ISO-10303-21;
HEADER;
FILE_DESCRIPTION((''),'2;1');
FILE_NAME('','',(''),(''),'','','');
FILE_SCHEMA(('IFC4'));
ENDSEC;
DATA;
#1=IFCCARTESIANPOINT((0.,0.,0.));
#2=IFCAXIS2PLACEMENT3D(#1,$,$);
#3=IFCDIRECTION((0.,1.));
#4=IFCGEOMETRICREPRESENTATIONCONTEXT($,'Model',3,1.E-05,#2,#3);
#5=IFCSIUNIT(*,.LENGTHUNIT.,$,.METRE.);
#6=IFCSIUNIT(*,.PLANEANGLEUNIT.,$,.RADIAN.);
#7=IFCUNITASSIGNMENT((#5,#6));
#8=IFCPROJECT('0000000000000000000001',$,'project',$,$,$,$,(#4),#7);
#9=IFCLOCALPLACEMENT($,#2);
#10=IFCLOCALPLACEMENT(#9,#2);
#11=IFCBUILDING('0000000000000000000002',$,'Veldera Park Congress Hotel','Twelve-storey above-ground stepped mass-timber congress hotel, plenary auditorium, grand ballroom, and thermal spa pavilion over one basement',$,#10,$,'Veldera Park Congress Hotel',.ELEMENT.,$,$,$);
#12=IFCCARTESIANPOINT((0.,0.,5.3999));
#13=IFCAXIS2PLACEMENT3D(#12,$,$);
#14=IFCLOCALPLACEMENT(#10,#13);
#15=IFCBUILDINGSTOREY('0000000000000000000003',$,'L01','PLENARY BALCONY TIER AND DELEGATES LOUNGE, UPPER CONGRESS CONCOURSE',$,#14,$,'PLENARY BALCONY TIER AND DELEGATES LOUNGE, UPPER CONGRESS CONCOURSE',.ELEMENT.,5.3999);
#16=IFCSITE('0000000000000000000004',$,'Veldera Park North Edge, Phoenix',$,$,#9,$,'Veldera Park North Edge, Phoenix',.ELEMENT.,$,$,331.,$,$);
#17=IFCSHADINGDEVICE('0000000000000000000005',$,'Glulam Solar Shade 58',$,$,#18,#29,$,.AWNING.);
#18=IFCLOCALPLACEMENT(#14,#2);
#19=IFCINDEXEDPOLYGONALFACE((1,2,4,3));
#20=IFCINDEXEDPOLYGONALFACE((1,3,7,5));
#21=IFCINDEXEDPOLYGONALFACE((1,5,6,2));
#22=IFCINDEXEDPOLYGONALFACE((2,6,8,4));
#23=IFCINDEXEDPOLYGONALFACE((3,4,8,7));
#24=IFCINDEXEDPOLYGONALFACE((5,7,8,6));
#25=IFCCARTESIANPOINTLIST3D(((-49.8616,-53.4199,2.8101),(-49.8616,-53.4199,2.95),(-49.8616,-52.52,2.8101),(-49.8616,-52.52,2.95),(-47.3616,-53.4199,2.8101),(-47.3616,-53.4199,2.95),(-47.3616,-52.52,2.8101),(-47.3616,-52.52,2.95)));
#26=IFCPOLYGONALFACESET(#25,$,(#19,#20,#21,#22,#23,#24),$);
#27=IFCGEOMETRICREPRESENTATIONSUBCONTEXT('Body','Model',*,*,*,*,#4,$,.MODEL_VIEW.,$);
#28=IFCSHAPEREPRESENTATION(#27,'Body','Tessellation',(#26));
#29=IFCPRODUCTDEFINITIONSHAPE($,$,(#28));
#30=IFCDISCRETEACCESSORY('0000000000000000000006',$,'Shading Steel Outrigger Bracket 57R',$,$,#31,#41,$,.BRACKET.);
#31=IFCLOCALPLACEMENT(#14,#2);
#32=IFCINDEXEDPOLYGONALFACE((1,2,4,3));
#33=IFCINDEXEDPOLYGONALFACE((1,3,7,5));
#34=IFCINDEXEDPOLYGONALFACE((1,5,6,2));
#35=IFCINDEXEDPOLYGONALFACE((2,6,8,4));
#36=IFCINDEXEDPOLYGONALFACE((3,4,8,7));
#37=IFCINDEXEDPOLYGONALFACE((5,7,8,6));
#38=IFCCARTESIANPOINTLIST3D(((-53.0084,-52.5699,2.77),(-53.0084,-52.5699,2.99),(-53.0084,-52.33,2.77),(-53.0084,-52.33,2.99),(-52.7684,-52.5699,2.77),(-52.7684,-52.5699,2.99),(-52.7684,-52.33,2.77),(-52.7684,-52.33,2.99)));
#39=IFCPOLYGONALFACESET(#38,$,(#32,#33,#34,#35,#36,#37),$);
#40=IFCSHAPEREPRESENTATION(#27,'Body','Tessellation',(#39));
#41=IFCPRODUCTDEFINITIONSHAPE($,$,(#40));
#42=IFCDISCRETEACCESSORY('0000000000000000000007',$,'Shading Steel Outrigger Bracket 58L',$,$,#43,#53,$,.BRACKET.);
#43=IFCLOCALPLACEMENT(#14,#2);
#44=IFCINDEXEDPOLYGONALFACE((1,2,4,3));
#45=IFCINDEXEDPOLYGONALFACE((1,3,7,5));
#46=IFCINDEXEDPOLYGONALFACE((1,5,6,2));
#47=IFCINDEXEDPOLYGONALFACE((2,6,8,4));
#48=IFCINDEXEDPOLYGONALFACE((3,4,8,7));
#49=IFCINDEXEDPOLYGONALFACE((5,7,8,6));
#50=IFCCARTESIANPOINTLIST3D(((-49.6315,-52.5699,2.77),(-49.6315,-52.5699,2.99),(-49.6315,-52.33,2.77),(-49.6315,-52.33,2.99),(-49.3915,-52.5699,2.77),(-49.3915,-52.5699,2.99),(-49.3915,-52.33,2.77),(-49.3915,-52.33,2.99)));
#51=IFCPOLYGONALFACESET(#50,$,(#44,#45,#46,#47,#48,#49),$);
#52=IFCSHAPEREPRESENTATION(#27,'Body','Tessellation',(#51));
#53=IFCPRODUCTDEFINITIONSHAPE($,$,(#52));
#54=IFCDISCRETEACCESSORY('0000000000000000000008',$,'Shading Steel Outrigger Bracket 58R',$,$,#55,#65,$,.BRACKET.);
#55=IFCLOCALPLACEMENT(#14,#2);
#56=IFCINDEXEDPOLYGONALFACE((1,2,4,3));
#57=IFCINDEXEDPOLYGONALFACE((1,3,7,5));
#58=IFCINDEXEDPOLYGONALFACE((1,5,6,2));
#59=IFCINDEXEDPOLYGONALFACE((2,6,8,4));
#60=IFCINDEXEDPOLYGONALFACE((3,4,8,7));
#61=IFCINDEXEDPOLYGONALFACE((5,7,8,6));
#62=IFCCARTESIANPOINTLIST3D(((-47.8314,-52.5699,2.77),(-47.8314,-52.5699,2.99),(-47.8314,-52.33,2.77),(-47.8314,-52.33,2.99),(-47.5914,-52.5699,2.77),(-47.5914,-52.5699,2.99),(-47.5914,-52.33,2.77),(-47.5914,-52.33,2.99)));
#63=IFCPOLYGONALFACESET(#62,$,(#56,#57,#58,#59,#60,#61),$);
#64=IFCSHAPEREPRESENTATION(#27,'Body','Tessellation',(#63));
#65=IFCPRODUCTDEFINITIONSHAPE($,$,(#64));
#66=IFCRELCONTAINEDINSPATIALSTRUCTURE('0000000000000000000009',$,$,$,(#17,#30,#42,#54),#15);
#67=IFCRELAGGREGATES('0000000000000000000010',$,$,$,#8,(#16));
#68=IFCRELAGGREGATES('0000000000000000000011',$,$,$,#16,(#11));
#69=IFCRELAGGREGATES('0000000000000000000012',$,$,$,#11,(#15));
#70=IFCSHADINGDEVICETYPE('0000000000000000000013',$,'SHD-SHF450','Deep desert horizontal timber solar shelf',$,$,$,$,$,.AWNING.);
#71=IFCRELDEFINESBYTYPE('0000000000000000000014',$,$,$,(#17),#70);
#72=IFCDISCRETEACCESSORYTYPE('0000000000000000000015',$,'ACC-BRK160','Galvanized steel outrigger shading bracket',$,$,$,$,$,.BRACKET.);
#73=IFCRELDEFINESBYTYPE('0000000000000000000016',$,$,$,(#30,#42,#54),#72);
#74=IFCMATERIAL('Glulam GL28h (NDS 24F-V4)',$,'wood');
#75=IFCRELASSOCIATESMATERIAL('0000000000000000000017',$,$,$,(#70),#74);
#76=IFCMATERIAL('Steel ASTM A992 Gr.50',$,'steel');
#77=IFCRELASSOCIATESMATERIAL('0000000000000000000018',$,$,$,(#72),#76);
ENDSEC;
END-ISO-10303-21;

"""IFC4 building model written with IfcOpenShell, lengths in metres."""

from ifc_helpers import new_model, si_unit, direction, frame, origin, origin_2d, place, context, subcontext, project, spatial, rectangle, extrude, material, type_object, element, save


model = new_model("IFC4")

# Units and contexts
model_context = context("Model", 3, precision=1e-05, world=origin(), true_north=direction((0.0, 1.0)))
body_context = subcontext(model_context, "Body", "Model", "MODEL_VIEW")
ifc_project = project(units=[si_unit("LENGTHUNIT", "METRE"), si_unit("PLANEANGLEUNIT", "RADIAN")], contexts=[model_context])

# Site, building, storey
site_placement = place(None, origin())
site = spatial("IfcSite", under=ifc_project, at=site_placement, Name="Veldera Park North Edge, Phoenix", LongName="Veldera Park North Edge, Phoenix", CompositionType="ELEMENT", RefElevation=331.0)
building_placement = place(site_placement, origin())
building = spatial("IfcBuilding", under=site, at=building_placement, Name="Veldera Park Congress Hotel", Description="Twelve-storey above-ground stepped mass-timber congress hotel, plenary auditorium, grand ballroom, and thermal spa pavilion over one basement", LongName="Veldera Park Congress Hotel", CompositionType="ELEMENT")
storey_placement = place(building_placement, frame((0.0, 0.0, 5.3999)))
storey = spatial("IfcBuildingStorey", under=building, at=storey_placement, Name="L01", Description="PLENARY BALCONY TIER AND DELEGATES LOUNGE, UPPER CONGRESS CONCOURSE", LongName="PLENARY BALCONY TIER AND DELEGATES LOUNGE, UPPER CONGRESS CONCOURSE", CompositionType="ELEMENT", Elevation=5.3999)

# Shared definitions
ifc_material_1 = material(Name="Glulam GL28h (NDS 24F-V4)", Category="wood")

# Shared definitions
ifc_material_2 = material(Name="Steel ASTM A992 Gr.50", Category="steel")

# Shading device
shading_device_type = type_object("IfcShadingDeviceType", Name="SHD-SHF450", Description="Deep desert horizontal timber solar shelf", PredefinedType="AWNING", material=ifc_material_1)
shading_device_placement = place(storey_placement, frame((-48.6116, -52.97, 2.8101), z_axis=(0.0, 0.0, 1.0), x_axis=(1.0, 0.0, 0.0)))
element("IfcShadingDevice", 1, at=shading_device_placement, inside=storey, type_object=shading_device_type, Name="Glulam Solar Shade 58", PredefinedType="AWNING", context=body_context, shape_type="SweptSolid", body=[
    extrude(rectangle(XDim=2.5, YDim=0.8999, at=origin_2d()), origin(), (0.0, 0.0, 1.0), 0.1399),
])

# Discrete accessories
discrete_accessory_type = type_object("IfcDiscreteAccessoryType", Name="ACC-BRK160", Description="Galvanized steel outrigger shading bracket", PredefinedType="BRACKET", material=ifc_material_2)
for number, where, z_axis, x_axis, name in (
    (2, (-52.8884, -52.45, 2.77), (0.0, 0.0, 1.0), (1.0, 0.0, 0.0), "Shading Steel Outrigger Bracket 57R"),
    (3, (-49.5115, -52.45, 2.77), (0.0, 0.0, 1.0), (1.0, 0.0, 0.0), "Shading Steel Outrigger Bracket 58L"),
    (4, (-47.7114, -52.45, 2.77), (0.0, 0.0, 1.0), (1.0, 0.0, 0.0), "Shading Steel Outrigger Bracket 58R"),
):
    element("IfcDiscreteAccessory", number, at=place(storey_placement, frame(where, z_axis=z_axis, x_axis=x_axis)), inside=storey, type_object=discrete_accessory_type, Name=name, PredefinedType="BRACKET", context=body_context, shape_type="SweptSolid", body=[
        extrude(rectangle(XDim=0.24, YDim=0.24, at=origin_2d()), origin(), (0.0, 0.0, 1.0), 0.22),
    ])

save(model, "model.ifc")
